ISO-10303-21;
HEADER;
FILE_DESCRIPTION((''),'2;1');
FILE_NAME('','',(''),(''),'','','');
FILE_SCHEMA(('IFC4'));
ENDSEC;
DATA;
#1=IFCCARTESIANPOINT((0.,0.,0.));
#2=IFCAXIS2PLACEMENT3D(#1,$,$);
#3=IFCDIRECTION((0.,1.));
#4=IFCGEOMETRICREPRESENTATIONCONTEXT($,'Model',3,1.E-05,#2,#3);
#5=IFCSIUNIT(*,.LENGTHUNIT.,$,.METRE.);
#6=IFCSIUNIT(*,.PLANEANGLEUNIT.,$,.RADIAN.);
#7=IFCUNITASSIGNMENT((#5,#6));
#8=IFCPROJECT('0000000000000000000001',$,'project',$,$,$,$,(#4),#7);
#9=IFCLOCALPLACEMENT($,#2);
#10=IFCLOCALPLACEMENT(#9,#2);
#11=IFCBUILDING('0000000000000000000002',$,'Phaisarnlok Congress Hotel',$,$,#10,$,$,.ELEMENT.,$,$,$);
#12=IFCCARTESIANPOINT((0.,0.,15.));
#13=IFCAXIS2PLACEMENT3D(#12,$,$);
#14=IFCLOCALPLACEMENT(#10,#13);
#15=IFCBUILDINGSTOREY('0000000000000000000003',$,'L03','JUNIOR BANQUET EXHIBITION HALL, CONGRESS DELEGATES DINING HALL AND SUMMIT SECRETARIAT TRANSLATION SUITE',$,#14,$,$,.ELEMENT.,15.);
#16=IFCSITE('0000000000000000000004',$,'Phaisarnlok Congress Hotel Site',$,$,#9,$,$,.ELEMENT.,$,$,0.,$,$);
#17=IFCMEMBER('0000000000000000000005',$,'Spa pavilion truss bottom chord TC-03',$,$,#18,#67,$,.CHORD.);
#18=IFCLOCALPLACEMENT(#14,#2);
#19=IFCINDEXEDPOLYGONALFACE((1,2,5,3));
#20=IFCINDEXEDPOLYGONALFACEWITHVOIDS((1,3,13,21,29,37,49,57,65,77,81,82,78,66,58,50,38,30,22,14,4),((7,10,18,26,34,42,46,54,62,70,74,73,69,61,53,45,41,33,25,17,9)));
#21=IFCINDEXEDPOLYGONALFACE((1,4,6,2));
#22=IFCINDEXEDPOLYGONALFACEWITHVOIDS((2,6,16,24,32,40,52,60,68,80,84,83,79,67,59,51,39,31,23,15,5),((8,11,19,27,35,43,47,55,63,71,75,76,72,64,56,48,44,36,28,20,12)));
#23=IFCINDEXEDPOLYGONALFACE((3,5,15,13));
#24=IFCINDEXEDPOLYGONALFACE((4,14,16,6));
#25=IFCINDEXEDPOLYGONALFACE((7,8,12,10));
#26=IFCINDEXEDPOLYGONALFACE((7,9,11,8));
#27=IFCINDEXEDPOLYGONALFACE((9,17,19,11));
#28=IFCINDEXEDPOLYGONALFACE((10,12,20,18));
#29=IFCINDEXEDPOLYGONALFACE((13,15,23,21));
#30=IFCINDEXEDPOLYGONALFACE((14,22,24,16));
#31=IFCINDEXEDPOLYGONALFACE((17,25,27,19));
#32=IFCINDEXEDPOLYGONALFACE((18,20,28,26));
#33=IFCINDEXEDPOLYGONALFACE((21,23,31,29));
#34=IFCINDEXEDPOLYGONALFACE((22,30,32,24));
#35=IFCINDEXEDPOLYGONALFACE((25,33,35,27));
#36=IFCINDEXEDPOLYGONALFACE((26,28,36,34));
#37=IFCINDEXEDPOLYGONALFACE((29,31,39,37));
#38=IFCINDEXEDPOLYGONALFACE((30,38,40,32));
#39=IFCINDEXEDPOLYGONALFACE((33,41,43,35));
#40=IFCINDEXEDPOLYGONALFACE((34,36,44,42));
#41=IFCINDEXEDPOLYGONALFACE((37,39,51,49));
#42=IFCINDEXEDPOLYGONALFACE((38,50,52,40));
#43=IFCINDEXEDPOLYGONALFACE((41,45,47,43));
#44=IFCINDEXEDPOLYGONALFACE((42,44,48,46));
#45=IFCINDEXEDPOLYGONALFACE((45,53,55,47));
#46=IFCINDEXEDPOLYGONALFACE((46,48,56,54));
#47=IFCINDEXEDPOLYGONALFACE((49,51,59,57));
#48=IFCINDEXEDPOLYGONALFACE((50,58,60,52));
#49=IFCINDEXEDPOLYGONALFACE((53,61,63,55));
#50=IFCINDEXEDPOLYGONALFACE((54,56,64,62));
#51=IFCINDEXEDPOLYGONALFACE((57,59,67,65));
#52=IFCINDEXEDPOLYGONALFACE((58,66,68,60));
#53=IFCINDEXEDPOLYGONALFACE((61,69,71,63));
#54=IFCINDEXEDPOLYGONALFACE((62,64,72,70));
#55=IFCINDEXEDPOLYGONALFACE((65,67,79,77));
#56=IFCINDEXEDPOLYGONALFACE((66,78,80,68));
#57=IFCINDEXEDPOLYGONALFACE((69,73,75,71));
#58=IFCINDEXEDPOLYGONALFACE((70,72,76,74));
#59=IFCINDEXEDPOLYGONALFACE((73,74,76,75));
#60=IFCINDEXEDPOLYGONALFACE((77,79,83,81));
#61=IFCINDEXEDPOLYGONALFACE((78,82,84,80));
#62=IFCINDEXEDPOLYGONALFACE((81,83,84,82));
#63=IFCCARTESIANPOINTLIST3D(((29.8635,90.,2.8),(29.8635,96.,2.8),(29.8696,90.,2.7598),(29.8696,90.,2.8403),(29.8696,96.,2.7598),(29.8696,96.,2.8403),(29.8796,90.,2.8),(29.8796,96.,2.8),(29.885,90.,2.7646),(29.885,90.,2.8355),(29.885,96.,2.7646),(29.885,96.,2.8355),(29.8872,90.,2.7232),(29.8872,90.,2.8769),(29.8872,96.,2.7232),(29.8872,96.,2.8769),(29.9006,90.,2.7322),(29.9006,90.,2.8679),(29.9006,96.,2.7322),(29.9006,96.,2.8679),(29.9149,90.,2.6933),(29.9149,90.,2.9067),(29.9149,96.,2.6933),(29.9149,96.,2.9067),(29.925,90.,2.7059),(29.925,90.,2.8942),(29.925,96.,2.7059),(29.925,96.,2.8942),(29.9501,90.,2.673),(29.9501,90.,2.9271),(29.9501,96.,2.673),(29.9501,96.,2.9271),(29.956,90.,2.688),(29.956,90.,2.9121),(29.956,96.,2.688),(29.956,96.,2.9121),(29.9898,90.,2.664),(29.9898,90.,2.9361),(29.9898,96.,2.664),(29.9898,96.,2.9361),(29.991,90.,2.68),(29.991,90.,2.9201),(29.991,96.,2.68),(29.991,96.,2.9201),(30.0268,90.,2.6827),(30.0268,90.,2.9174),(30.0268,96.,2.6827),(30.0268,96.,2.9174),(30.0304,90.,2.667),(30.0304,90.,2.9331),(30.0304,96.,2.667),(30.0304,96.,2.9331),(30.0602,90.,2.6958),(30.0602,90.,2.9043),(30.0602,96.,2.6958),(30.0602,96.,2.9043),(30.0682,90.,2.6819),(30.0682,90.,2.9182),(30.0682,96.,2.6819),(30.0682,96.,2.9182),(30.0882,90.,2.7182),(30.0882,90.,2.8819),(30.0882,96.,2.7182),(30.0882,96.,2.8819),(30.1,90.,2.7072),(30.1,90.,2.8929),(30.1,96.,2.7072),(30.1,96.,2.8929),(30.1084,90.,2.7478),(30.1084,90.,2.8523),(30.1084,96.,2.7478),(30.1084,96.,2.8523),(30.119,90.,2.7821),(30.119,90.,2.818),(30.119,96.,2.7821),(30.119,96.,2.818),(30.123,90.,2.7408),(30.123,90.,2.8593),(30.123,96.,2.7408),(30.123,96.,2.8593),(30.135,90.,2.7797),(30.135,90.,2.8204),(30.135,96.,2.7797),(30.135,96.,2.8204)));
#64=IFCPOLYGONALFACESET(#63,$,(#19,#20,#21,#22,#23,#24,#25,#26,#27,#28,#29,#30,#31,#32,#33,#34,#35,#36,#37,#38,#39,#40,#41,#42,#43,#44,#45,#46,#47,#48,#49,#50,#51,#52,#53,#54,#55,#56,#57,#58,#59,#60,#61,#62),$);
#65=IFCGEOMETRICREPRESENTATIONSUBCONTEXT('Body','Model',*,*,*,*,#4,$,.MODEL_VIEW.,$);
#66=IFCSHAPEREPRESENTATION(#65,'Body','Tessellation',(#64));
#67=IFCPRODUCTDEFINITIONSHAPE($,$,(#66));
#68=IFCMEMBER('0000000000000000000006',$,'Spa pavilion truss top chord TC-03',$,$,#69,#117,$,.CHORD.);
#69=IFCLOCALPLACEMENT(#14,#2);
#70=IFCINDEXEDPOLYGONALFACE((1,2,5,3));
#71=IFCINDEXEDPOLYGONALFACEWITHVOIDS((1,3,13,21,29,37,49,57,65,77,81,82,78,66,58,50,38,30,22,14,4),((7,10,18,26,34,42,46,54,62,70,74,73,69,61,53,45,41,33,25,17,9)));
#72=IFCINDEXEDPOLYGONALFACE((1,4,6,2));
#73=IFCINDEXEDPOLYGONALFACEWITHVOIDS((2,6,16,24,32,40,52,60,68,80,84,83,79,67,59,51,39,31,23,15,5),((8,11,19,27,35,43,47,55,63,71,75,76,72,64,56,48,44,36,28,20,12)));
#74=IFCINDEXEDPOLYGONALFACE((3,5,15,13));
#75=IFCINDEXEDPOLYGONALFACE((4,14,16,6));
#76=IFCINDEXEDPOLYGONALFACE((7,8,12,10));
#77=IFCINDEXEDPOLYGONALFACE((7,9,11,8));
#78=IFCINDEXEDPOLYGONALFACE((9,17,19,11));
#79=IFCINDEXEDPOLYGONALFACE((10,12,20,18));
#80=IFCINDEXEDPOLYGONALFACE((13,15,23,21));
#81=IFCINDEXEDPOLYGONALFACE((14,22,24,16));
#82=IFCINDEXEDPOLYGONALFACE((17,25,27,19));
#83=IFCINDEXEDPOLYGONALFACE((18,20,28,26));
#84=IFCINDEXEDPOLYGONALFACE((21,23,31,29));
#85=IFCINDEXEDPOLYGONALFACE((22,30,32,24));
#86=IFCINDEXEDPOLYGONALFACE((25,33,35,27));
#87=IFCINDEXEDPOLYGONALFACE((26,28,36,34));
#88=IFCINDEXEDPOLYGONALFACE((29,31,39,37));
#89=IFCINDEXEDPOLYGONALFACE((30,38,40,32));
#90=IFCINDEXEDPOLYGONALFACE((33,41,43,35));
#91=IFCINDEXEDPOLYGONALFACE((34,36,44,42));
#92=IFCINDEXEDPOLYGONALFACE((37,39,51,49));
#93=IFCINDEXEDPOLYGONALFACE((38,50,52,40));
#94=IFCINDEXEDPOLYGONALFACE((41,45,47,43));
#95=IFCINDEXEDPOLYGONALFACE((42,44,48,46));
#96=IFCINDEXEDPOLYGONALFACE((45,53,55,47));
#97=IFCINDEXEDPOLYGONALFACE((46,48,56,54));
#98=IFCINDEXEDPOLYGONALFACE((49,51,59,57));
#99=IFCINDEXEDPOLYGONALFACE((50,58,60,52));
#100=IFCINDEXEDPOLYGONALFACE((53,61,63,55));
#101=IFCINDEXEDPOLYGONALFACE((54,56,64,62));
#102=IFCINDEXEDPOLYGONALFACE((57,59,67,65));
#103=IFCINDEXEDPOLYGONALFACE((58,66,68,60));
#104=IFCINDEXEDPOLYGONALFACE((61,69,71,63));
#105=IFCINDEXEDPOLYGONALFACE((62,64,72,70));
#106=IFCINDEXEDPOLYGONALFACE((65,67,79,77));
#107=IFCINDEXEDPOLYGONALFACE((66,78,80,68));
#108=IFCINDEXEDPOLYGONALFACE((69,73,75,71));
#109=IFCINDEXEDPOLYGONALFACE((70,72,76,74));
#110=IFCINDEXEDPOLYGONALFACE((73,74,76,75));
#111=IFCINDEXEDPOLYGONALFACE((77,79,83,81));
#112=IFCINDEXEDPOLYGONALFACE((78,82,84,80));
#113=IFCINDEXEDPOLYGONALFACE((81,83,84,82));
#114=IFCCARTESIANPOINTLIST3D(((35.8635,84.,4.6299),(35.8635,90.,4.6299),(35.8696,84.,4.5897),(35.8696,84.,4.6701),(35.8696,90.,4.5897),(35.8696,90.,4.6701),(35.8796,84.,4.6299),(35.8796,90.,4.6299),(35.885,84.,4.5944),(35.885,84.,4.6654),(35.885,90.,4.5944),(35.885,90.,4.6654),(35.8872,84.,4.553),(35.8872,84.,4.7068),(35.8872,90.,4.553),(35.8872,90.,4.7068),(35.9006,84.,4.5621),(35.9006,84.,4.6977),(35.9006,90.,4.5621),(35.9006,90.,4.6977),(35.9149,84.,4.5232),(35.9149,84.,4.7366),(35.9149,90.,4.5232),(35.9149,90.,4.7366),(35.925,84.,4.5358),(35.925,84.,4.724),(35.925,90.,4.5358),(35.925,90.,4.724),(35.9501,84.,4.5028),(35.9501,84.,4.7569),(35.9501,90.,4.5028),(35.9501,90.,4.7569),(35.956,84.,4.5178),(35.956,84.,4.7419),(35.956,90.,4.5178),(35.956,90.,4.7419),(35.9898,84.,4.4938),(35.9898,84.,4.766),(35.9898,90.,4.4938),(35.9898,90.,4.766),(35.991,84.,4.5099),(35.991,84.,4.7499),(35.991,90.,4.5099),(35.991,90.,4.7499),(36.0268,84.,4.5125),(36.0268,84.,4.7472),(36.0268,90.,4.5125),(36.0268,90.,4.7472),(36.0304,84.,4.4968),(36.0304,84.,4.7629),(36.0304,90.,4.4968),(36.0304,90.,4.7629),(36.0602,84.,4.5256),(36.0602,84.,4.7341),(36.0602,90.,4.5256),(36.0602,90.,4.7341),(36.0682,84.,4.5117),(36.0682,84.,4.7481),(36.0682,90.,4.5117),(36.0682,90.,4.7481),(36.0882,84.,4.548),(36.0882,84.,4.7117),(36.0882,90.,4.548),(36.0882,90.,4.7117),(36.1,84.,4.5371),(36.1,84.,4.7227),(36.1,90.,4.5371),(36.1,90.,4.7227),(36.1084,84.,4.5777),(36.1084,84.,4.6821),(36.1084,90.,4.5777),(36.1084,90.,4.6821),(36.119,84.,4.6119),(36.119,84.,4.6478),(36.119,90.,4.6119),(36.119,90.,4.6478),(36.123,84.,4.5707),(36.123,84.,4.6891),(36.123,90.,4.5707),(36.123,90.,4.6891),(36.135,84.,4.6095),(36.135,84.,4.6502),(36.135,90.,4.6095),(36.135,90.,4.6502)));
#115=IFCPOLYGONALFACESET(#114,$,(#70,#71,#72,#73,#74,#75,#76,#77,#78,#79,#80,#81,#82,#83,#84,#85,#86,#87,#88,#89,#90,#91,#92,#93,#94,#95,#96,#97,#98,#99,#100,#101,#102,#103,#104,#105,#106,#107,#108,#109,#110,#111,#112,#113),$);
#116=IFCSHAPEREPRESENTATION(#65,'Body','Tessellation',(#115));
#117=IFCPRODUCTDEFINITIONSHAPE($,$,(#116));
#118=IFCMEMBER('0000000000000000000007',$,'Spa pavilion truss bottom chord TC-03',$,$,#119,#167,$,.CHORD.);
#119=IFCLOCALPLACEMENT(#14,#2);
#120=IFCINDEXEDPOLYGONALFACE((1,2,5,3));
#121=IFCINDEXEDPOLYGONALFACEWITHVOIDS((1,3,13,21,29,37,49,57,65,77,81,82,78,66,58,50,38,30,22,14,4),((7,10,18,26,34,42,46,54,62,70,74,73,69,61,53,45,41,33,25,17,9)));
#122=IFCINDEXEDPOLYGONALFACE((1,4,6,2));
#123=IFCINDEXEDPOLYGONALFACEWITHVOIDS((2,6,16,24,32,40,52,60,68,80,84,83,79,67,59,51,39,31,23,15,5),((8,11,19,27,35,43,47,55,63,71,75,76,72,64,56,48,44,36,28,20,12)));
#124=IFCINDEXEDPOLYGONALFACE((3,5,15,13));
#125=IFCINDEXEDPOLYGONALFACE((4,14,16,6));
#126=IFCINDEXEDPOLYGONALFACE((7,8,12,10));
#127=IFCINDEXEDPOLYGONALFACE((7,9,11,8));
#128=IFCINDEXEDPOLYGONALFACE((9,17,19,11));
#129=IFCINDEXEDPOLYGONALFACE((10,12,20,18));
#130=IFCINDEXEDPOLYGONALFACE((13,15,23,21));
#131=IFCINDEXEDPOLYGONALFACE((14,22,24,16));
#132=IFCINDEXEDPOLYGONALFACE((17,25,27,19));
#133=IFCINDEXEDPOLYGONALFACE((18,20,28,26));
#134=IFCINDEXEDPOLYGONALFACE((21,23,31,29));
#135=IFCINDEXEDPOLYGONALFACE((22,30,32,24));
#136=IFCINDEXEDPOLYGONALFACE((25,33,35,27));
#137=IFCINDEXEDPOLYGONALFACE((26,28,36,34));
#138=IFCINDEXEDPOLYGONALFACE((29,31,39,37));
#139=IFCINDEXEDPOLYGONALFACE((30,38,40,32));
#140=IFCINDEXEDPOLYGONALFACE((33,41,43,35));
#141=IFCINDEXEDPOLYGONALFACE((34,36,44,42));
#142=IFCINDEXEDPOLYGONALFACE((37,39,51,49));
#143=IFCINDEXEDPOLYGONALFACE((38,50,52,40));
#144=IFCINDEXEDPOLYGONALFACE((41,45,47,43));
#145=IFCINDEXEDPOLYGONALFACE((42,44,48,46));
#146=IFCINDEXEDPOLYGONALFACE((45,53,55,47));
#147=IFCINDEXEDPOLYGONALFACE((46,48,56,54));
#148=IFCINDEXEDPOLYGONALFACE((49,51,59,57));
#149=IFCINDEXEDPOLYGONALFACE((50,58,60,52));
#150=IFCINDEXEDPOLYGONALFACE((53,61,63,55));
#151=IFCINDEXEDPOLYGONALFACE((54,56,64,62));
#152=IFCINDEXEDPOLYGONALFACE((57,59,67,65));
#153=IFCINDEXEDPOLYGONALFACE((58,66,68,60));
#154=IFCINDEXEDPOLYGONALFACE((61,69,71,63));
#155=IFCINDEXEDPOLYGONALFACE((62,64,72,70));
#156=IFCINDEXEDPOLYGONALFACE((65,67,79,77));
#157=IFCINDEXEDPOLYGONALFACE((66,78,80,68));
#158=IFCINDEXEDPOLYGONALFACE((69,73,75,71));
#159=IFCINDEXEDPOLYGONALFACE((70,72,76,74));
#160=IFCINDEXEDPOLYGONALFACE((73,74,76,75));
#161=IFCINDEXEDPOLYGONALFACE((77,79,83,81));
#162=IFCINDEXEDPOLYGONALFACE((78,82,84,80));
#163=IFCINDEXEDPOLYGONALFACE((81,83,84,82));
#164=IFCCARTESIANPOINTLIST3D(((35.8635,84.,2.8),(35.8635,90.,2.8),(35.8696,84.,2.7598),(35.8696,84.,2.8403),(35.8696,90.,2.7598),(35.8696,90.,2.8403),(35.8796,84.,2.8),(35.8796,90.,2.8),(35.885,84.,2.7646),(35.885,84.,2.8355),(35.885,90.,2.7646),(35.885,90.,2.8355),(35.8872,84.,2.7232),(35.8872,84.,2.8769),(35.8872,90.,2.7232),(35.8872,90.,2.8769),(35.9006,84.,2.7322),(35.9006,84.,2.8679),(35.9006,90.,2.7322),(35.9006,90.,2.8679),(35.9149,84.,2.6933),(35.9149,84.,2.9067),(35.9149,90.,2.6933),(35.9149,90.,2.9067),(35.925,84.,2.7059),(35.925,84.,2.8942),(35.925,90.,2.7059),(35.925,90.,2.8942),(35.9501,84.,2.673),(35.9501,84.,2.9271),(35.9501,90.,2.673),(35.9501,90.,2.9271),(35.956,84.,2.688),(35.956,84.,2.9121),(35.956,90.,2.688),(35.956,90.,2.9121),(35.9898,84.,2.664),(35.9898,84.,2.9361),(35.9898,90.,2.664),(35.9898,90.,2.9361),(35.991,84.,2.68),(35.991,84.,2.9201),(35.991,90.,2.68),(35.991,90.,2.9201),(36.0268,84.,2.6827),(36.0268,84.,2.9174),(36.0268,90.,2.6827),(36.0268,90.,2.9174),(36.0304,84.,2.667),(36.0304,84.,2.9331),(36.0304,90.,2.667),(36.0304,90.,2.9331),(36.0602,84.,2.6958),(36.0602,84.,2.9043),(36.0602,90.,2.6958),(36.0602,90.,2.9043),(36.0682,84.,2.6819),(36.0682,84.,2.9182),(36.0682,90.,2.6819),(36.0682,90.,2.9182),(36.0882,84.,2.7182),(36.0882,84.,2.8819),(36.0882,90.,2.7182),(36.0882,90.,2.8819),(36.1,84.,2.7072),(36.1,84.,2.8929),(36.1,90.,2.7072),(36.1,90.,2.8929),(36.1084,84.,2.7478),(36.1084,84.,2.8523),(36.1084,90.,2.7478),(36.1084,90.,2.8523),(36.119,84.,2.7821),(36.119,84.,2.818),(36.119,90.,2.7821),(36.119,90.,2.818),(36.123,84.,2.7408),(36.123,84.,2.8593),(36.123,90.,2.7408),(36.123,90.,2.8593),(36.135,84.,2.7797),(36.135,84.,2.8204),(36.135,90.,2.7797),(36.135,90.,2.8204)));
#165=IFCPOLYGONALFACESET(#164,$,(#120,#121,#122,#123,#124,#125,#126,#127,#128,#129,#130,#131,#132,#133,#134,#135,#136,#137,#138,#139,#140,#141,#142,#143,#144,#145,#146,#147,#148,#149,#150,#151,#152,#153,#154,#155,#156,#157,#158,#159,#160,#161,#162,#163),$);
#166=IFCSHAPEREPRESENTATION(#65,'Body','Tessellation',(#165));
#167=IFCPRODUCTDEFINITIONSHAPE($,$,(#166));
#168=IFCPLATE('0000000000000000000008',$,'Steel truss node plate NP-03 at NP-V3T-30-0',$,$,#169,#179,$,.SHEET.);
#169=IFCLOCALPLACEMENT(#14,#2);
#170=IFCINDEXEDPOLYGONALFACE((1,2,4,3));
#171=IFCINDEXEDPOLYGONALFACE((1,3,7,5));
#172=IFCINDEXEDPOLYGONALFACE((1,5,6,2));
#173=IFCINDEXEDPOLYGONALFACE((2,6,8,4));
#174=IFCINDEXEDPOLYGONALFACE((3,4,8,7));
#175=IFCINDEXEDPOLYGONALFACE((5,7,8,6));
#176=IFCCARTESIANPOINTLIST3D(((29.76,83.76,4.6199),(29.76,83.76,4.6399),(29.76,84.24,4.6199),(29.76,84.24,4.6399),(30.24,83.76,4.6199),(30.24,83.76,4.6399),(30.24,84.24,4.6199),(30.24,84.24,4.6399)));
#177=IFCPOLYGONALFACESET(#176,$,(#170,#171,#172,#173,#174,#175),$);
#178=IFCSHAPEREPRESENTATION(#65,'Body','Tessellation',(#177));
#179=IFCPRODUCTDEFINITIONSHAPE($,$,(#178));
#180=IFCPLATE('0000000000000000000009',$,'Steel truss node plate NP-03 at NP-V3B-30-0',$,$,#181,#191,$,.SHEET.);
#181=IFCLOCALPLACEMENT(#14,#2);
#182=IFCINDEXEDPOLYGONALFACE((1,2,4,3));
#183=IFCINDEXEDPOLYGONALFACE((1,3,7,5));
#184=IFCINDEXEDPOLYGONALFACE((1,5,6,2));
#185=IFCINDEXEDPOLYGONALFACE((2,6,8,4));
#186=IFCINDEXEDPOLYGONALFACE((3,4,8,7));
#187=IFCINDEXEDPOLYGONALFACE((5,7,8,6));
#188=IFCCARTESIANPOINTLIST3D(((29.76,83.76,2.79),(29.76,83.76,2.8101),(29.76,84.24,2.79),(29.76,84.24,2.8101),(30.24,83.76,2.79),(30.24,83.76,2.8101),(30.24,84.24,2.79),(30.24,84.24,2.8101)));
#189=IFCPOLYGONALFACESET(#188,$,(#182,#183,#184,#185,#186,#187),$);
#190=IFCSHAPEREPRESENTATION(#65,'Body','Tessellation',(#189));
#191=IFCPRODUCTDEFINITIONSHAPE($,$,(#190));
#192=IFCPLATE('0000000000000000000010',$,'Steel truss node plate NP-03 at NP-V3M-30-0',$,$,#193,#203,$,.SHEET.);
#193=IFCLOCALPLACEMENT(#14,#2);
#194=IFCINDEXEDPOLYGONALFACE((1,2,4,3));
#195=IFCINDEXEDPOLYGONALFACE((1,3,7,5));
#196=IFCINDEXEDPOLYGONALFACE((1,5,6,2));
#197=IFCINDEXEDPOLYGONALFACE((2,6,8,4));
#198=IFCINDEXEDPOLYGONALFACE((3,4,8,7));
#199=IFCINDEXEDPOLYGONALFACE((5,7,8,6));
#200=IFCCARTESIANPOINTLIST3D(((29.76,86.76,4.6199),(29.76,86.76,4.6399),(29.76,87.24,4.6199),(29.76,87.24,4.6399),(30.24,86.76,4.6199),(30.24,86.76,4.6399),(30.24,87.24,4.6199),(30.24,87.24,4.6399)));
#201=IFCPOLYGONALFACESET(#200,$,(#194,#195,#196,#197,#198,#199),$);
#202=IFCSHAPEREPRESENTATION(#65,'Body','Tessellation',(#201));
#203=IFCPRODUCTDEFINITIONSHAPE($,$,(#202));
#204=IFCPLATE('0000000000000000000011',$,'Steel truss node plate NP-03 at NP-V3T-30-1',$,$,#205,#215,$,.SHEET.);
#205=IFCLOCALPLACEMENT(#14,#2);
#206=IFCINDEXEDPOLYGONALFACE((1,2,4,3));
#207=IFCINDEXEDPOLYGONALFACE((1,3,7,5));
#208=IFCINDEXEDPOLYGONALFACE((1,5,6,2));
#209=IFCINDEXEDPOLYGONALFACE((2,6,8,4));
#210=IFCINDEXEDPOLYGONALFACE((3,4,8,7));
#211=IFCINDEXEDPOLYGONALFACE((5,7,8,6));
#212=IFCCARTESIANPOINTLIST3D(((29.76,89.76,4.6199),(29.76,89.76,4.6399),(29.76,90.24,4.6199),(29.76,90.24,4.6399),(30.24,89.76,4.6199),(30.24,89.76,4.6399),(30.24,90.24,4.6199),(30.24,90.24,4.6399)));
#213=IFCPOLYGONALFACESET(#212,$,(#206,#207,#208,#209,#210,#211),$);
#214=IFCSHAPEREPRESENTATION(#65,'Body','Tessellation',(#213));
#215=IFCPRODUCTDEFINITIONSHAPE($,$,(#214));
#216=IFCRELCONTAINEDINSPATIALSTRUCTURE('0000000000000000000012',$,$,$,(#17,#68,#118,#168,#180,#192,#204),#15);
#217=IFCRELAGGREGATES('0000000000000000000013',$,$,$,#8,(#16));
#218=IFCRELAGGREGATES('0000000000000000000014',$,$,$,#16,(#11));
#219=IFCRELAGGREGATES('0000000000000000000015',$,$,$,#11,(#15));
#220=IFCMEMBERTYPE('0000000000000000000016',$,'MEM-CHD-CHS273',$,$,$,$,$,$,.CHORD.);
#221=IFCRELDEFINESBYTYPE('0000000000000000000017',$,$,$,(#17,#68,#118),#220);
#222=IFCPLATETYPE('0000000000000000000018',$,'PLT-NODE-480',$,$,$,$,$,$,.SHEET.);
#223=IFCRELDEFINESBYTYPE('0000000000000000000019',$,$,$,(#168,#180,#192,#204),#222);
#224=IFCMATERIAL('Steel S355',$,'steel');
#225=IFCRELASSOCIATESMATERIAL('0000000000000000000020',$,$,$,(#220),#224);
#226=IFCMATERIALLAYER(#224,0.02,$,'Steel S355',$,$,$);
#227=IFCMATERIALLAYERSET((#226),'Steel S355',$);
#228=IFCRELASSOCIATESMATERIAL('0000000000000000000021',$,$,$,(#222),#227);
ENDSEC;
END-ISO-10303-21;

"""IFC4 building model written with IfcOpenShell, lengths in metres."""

from ifc_helpers import new_model, si_unit, direction, frame, origin, origin_2d, place, context, subcontext, project, spatial, rectangle, hollow_circle, extrude, material, layer, layer_set, material_profile, profile_set, type_object, element, save


model = new_model("IFC4")

# Units and contexts
model_context = context("Model", 3, precision=1e-05, world=origin(), true_north=direction((0.0, 1.0)))
body_context = subcontext(model_context, "Body", "Model", "MODEL_VIEW")
ifc_project = project(units=[si_unit("LENGTHUNIT", "METRE"), si_unit("PLANEANGLEUNIT", "RADIAN")], contexts=[model_context])

# Site, building, storey
site_placement = place(None, origin())
site = spatial("IfcSite", under=ifc_project, at=site_placement, Name="Phaisarnlok Congress Hotel Site", CompositionType="ELEMENT", RefElevation=0.0)
building_placement = place(site_placement, origin())
building = spatial("IfcBuilding", under=site, at=building_placement, Name="Phaisarnlok Congress Hotel", CompositionType="ELEMENT")
storey_placement = place(building_placement, frame((0.0, 0.0, 15.0)))
storey = spatial("IfcBuildingStorey", under=building, at=storey_placement, Name="L03", Description="JUNIOR BANQUET EXHIBITION HALL, CONGRESS DELEGATES DINING HALL AND SUMMIT SECRETARIAT TRANSLATION SUITE", CompositionType="ELEMENT", Elevation=15.0)

# Members
ifc_material_1 = material(Name="Steel S355", Category="steel")
ifc_material_profile_1 = material_profile(ifc_material_1, hollow_circle(Radius=0.1365, WallThickness=0.0161, at=origin_2d()), Name="CHS 273x16")
ifc_profile_set_1 = profile_set([ifc_material_profile_1], Name="Steel S355")
member_type_1 = type_object("IfcMemberType", Name="MEM-CHD-CHS273", PredefinedType="CHORD", material=ifc_profile_set_1)
for number, where, z_axis, x_axis, name in (
    (1, (30.0, 90.0, 2.8), (0.0, 1.0, 0.0), (-1.0, 0.0, 0.0), "Spa pavilion truss bottom chord TC-03"),
    (2, (36.0, 84.0, 4.6299), (0.0, 1.0, 0.0), (-1.0, 0.0, 0.0), "Spa pavilion truss top chord TC-03"),
    (3, (36.0, 84.0, 2.8), (0.0, 1.0, 0.0), (-1.0, 0.0, 0.0), "Spa pavilion truss bottom chord TC-03"),
):
    element("IfcMember", number, at=place(storey_placement, frame(where, z_axis=z_axis, x_axis=x_axis)), inside=storey, type_object=member_type_1, Name=name, PredefinedType="CHORD", context=body_context, shape_type="SweptSolid", body=[
        extrude(hollow_circle(Radius=0.1365, WallThickness=0.0161, at=origin_2d()), origin(), (0.0, 0.0, 1.0), 6.0),
    ])

# Plates
ifc_layer_1 = layer(ifc_material_1, 0.02, Name="Steel S355")
ifc_layer_set_1 = layer_set([ifc_layer_1], Name="Steel S355")
plate_type = type_object("IfcPlateType", Name="PLT-NODE-480", PredefinedType="SHEET", material=ifc_layer_set_1)
for number, where, z_axis, x_axis, name in (
    (4, (30.0, 84.0, 4.6199), (0.0, 0.0, 1.0), (1.0, 0.0, 0.0), "Steel truss node plate NP-03 at NP-V3T-30-0"),
    (5, (30.0, 84.0, 2.79), (0.0, 0.0, 1.0), (1.0, 0.0, 0.0), "Steel truss node plate NP-03 at NP-V3B-30-0"),
    (6, (30.0, 87.0, 4.6199), (0.0, 0.0, 1.0), (1.0, 0.0, 0.0), "Steel truss node plate NP-03 at NP-V3M-30-0"),
    (7, (30.0, 90.0, 4.6199), (0.0, 0.0, 1.0), (1.0, 0.0, 0.0), "Steel truss node plate NP-03 at NP-V3T-30-1"),
):
    element("IfcPlate", number, at=place(storey_placement, frame(where, z_axis=z_axis, x_axis=x_axis)), inside=storey, type_object=plate_type, Name=name, PredefinedType="SHEET", context=body_context, shape_type="SweptSolid", body=[
        extrude(rectangle(XDim=0.48, YDim=0.48, at=origin_2d()), origin(), (0.0, 0.0, 1.0), 0.02),
    ])

save(model, "model.ifc")
